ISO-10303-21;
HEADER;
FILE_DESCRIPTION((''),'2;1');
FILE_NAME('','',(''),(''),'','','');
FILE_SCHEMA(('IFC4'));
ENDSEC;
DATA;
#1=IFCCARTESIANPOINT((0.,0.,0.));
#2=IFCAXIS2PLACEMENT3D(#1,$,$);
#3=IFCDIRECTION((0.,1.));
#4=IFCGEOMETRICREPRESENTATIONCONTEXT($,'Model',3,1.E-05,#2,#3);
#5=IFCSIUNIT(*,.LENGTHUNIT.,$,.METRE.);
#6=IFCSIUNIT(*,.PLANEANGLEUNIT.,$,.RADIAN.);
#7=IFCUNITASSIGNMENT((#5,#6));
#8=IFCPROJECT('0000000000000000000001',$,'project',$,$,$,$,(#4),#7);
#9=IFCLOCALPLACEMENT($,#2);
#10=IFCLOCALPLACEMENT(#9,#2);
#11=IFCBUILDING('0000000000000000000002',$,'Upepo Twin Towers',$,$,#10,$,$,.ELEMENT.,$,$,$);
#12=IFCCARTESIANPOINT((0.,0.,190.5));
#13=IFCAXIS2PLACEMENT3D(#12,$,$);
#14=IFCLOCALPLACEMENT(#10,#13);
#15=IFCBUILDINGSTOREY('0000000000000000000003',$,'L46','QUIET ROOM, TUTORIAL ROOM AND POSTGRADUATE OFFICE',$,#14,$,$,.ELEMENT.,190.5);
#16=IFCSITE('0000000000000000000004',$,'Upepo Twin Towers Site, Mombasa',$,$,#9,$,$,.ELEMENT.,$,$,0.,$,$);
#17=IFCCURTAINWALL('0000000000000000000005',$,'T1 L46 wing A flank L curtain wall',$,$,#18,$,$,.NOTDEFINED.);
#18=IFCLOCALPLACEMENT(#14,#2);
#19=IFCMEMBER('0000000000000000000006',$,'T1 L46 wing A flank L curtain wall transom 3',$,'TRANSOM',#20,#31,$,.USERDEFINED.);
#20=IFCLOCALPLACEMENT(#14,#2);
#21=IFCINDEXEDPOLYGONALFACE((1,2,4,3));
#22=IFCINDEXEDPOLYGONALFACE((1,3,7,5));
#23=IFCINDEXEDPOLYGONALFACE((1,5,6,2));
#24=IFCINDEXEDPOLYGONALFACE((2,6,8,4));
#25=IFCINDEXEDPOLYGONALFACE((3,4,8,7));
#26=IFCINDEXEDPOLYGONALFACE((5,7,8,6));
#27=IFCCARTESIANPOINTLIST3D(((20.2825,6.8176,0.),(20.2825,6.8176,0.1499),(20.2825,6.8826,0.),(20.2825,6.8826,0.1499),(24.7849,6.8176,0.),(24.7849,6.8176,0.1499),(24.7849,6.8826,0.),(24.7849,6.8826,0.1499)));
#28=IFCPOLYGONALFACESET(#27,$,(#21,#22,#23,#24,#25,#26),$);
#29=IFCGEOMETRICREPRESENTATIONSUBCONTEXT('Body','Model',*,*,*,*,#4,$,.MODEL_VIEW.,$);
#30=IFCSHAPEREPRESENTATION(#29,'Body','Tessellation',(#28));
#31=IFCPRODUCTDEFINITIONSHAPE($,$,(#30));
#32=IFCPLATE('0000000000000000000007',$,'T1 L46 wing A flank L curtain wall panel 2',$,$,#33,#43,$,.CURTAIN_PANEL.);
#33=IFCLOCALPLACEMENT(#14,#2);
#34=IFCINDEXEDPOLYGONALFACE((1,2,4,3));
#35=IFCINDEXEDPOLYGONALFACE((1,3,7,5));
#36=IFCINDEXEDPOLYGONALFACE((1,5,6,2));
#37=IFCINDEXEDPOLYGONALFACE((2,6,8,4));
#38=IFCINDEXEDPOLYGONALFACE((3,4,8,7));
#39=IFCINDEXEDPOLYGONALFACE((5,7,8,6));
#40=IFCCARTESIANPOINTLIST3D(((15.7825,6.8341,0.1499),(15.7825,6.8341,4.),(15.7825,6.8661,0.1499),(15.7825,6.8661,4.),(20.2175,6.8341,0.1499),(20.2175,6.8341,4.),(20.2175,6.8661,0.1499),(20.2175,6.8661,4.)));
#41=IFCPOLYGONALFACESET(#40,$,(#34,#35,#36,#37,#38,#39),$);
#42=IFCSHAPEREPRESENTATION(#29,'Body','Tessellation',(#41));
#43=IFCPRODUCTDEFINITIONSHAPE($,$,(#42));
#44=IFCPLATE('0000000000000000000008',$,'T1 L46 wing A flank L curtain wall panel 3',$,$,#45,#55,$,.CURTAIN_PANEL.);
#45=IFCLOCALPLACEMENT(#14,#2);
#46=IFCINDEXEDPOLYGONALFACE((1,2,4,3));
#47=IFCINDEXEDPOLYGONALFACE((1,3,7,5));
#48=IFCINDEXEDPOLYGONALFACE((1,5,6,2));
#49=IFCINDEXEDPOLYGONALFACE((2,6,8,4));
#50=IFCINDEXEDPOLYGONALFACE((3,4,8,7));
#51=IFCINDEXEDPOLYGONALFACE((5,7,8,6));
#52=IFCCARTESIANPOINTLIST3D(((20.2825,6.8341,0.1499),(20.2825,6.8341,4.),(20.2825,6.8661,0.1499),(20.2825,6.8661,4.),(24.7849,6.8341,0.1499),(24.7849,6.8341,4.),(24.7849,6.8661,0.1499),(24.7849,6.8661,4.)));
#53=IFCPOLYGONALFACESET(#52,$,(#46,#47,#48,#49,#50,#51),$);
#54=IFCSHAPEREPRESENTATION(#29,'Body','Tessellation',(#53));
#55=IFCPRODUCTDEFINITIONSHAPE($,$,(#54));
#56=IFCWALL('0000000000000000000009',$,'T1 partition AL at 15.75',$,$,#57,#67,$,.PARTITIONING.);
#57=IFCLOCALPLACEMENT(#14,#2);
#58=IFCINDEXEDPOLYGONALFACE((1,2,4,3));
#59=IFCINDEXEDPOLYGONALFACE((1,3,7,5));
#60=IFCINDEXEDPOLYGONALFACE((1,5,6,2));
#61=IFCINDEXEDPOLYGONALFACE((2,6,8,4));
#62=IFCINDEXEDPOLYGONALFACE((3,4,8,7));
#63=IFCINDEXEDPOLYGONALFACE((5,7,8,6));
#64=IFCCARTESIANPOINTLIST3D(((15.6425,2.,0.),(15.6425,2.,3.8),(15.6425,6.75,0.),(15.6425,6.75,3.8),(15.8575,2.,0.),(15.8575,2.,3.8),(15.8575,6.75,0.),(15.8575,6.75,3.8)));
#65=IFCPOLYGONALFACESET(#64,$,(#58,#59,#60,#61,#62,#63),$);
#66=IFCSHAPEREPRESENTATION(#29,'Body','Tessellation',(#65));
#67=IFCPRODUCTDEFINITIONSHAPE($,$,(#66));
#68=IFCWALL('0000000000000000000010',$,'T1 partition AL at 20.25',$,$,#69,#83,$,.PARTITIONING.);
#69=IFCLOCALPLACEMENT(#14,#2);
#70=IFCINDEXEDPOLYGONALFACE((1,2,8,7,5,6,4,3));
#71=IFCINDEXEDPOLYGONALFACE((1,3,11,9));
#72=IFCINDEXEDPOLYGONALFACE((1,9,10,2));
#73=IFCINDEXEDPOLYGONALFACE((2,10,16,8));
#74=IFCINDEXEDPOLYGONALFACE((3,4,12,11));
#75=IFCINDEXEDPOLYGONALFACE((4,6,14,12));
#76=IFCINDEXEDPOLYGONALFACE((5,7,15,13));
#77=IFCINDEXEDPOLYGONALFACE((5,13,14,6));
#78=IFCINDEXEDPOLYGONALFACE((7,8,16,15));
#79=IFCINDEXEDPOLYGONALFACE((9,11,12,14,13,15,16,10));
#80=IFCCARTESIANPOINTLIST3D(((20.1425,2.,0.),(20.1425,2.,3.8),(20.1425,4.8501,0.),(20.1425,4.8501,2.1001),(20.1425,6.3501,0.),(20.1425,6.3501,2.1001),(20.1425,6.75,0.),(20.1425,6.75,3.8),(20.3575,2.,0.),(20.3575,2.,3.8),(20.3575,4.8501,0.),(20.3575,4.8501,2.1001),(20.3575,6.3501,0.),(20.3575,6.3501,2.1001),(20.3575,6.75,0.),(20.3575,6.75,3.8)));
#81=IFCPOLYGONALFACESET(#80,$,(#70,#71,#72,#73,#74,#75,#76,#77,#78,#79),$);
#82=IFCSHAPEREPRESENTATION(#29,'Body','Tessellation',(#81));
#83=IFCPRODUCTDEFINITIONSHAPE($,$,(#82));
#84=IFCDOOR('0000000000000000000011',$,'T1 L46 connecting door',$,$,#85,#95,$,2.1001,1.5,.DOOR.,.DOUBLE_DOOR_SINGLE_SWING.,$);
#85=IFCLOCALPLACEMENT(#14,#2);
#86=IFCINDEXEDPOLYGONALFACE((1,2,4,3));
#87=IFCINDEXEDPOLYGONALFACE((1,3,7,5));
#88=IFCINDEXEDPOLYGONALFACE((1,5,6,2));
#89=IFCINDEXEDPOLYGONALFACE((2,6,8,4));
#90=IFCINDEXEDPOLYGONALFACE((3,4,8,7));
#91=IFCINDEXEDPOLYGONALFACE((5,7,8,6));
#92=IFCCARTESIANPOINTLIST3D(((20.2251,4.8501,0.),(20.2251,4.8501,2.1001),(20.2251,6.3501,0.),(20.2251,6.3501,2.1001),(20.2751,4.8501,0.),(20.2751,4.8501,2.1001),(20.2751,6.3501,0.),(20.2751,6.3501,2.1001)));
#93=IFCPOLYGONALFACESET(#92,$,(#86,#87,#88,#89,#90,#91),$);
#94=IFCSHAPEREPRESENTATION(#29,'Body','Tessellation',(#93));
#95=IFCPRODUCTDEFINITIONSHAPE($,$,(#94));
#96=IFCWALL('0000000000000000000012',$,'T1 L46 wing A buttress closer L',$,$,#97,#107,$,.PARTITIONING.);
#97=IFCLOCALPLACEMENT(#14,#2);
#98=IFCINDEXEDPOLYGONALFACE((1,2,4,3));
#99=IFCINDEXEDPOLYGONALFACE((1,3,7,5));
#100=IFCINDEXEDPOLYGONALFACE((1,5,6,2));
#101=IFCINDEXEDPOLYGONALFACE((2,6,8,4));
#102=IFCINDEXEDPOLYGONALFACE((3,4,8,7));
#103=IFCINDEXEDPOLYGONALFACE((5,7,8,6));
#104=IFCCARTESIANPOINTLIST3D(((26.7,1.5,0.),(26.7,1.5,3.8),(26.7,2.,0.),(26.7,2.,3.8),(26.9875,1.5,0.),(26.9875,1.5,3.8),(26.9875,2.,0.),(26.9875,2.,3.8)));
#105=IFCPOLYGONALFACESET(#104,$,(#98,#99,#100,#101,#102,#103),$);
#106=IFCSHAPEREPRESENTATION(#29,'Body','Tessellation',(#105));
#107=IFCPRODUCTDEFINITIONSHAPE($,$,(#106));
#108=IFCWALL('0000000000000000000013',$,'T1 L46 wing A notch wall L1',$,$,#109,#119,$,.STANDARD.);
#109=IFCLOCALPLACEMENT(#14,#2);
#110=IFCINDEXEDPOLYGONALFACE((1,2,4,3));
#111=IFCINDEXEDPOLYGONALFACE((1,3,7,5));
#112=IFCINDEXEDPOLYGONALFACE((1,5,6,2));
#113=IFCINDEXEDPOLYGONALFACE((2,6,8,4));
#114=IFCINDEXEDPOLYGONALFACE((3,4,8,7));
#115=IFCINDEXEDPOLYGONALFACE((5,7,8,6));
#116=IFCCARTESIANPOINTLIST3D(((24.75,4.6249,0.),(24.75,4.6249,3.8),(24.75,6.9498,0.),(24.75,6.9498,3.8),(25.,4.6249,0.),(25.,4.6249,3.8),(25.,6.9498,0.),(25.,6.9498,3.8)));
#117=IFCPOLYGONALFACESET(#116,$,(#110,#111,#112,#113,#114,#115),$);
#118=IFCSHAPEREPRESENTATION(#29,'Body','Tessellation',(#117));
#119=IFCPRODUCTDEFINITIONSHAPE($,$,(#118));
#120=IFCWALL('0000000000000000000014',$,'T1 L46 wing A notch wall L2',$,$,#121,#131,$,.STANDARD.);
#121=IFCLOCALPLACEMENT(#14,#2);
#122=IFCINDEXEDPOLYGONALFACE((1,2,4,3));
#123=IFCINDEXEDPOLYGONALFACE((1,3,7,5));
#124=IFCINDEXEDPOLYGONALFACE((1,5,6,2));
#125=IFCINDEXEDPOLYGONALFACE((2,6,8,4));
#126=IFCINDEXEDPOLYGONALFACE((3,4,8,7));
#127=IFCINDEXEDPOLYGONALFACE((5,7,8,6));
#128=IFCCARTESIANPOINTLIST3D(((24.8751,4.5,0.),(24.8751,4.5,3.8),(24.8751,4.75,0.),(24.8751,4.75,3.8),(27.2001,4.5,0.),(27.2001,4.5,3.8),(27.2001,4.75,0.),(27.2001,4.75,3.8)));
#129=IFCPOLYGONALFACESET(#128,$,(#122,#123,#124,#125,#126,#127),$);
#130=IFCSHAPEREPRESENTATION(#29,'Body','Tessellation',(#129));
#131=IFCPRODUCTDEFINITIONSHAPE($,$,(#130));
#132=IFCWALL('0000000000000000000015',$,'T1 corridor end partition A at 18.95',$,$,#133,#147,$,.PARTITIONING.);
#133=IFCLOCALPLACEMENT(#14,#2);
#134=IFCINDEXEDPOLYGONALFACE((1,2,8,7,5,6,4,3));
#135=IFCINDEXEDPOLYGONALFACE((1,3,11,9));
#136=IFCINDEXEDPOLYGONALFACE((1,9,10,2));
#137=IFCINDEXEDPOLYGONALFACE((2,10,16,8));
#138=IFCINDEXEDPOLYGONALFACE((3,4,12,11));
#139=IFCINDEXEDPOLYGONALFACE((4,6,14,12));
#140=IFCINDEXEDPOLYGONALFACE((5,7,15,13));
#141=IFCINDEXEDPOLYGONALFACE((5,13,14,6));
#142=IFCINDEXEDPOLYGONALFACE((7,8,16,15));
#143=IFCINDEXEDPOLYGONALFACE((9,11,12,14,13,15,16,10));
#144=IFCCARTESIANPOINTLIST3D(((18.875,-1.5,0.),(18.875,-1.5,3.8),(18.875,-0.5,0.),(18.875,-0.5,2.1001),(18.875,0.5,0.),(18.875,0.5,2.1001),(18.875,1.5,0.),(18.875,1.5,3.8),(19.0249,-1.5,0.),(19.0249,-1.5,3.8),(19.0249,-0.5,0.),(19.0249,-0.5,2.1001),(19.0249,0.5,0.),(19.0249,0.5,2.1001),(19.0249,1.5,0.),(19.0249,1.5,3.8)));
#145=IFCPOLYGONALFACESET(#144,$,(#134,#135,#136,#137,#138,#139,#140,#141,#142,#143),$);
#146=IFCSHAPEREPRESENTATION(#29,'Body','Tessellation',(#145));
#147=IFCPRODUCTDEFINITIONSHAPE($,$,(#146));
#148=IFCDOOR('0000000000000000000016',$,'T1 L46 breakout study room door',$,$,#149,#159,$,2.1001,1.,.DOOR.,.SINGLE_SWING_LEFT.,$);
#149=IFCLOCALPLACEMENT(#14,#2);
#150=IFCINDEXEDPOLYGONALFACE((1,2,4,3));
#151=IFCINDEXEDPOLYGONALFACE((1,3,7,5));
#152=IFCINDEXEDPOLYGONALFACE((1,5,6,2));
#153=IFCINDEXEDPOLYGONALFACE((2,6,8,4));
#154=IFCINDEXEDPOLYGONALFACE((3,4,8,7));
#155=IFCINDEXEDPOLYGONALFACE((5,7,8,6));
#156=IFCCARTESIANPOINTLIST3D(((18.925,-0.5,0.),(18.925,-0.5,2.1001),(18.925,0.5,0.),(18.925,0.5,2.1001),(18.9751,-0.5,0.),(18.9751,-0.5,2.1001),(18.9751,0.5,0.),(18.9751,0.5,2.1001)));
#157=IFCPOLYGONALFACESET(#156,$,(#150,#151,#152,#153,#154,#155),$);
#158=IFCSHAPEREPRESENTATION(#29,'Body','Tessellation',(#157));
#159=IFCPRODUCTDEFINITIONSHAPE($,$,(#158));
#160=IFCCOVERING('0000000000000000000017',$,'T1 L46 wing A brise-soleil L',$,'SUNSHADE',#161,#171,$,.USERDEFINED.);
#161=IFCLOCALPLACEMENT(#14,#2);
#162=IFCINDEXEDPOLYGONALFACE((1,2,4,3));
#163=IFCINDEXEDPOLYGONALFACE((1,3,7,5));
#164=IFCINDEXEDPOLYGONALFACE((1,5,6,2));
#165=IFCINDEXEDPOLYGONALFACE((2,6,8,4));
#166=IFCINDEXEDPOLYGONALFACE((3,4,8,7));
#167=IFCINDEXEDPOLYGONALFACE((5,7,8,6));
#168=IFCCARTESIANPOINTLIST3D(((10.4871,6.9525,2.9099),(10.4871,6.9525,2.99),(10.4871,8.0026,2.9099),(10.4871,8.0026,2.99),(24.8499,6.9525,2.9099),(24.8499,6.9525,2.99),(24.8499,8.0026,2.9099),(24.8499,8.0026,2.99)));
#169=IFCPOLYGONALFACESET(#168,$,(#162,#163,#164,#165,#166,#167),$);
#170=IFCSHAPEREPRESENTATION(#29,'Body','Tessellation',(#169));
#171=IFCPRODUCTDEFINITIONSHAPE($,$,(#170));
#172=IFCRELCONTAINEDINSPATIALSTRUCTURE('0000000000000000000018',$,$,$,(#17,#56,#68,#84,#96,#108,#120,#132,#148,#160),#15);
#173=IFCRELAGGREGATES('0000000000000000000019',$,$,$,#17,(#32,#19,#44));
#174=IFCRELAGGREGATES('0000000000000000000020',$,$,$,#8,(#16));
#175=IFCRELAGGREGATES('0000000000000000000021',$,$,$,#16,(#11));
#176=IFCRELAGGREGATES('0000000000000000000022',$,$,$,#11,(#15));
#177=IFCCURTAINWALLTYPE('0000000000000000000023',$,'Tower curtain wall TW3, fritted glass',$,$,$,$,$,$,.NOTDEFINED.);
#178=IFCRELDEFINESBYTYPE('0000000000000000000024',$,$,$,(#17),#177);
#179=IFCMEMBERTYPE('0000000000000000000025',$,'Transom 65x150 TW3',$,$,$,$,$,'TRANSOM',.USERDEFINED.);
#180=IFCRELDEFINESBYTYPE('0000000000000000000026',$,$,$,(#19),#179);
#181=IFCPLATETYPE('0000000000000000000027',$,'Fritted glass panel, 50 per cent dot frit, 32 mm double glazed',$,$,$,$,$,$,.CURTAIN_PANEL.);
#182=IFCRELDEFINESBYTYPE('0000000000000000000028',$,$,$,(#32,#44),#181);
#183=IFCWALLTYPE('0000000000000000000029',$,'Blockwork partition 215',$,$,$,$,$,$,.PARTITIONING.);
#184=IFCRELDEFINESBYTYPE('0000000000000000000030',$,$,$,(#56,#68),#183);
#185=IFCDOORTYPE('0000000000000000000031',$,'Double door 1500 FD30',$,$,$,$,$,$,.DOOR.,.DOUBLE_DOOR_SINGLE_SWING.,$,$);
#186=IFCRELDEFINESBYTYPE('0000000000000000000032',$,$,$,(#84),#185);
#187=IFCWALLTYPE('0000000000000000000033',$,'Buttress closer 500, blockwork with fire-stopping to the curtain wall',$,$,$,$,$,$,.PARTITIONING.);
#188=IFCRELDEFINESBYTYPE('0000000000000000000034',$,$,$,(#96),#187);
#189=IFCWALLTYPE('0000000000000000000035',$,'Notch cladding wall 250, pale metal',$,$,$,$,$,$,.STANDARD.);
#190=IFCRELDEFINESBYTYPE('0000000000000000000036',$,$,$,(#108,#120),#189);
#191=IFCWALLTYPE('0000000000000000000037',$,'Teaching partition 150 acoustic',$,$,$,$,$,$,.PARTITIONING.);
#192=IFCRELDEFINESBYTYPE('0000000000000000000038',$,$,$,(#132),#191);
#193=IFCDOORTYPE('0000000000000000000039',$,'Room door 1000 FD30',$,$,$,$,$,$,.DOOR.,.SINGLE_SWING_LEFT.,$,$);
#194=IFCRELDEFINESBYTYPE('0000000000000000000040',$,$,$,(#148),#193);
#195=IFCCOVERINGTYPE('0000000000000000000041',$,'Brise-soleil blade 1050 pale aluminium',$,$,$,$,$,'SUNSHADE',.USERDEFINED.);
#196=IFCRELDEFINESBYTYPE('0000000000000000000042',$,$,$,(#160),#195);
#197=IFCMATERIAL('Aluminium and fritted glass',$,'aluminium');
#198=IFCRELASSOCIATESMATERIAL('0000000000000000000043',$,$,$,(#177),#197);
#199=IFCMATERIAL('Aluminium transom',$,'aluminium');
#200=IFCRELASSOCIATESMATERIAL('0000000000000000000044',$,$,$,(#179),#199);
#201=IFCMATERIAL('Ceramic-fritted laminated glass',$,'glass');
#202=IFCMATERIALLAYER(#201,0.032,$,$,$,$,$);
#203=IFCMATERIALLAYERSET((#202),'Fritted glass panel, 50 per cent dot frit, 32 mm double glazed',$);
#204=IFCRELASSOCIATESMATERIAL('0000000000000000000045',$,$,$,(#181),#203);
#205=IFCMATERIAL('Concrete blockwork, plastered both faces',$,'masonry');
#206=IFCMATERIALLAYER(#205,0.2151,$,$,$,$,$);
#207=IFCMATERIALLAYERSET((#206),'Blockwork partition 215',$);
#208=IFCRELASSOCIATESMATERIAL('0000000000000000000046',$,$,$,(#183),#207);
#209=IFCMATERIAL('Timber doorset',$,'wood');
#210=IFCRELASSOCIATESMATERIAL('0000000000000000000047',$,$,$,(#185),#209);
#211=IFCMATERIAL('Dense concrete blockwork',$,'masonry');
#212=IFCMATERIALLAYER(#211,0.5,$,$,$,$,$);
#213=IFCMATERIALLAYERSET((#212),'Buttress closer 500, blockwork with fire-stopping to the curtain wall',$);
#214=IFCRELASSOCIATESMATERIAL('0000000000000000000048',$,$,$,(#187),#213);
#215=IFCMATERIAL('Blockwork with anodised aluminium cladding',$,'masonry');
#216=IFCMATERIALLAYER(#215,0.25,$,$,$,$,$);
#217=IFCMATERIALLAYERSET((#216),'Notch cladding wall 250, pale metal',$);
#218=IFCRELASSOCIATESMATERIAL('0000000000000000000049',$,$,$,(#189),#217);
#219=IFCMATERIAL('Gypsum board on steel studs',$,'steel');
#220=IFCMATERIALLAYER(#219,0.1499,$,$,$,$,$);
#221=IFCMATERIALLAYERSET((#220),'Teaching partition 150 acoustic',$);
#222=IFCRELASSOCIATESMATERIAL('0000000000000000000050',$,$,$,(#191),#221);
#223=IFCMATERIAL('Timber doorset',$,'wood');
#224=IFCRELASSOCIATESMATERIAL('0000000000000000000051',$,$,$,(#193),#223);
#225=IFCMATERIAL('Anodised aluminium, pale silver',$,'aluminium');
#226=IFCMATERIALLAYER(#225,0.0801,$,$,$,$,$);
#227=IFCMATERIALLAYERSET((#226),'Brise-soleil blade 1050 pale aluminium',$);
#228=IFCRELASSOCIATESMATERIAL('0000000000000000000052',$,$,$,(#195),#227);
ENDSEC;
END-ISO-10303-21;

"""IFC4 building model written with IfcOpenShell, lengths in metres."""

from ifc_helpers import new_model, si_unit, direction, frame, frame_2d, origin, origin_2d, place, context, subcontext, project, spatial, rectangle, extrude, material, layer, layer_set, material_profile, profile_set, type_object, element, fill, aggregate, save


model = new_model("IFC4")

# Units and contexts
model_context = context("Model", 3, precision=1e-05, world=origin(), true_north=direction((0.0, 1.0)))
body_context = subcontext(model_context, "Body", "Model", "MODEL_VIEW")
ifc_project = project(units=[si_unit("LENGTHUNIT", "METRE"), si_unit("PLANEANGLEUNIT", "RADIAN")], contexts=[model_context])

# Site, building, storey
site_placement = place(None, origin())
site = spatial("IfcSite", under=ifc_project, at=site_placement, Name="Upepo Twin Towers Site, Mombasa", CompositionType="ELEMENT", RefElevation=0.0)
building_placement = place(site_placement, origin())
building = spatial("IfcBuilding", under=site, at=building_placement, Name="Upepo Twin Towers", CompositionType="ELEMENT")
storey_placement = place(building_placement, frame((0.0, 0.0, 190.5)))
storey = spatial("IfcBuildingStorey", under=building, at=storey_placement, Name="L46", Description="QUIET ROOM, TUTORIAL ROOM AND POSTGRADUATE OFFICE", CompositionType="ELEMENT", Elevation=190.5)

# Curtain wall
ifc_material_1 = material(Name="Aluminium and fritted glass", Category="aluminium")
curtain_wall_type = type_object("IfcCurtainWallType", Name="Tower curtain wall TW3, fritted glass", PredefinedType="NOTDEFINED", material=ifc_material_1)
curtain_wall_1_placement = place(storey_placement, origin())
curtain_wall_1 = element("IfcCurtainWall", 1, at=curtain_wall_1_placement, inside=storey, type_object=curtain_wall_type, Name="T1 L46 wing A flank L curtain wall", PredefinedType="NOTDEFINED")

# Member
ifc_material_2 = material(Name="Aluminium transom", Category="aluminium")
ifc_material_profile_1 = material_profile(ifc_material_2, rectangle(XDim=0.0649, YDim=0.1499, at=origin_2d()), Name="TRANSOM 65x150")
ifc_profile_set_1 = profile_set([ifc_material_profile_1], Name="Aluminium transom")
member_type_1 = type_object("IfcMemberType", Name="Transom 65x150 TW3", ElementType="TRANSOM", PredefinedType="USERDEFINED", material=ifc_profile_set_1)
member_1_placement = place(storey_placement, frame((20.2825, 6.8501, 0.075), z_axis=(1.0, 0.0, 0.0), x_axis=(0.0, 1.0, 0.0)))
member_1 = element("IfcMember", 2, at=member_1_placement, type_object=member_type_1, Name="T1 L46 wing A flank L curtain wall transom 3", ObjectType="TRANSOM", PredefinedType="USERDEFINED", context=body_context, shape_type="SweptSolid", body=[
    extrude(rectangle(XDim=0.0649, YDim=0.1499, at=origin_2d()), origin(), (0.0, 0.0, 1.0), 4.5024),
])

# Plates
ifc_material_3 = material(Name="Ceramic-fritted laminated glass", Category="glass")
ifc_layer_1 = layer(ifc_material_3, 0.032)
ifc_layer_set_1 = layer_set([ifc_layer_1], Name="Fritted glass panel, 50 per cent dot frit, 32 mm double glazed")
plate_type = type_object("IfcPlateType", Name="Fritted glass panel, 50 per cent dot frit, 32 mm double glazed", PredefinedType="CURTAIN_PANEL", material=ifc_layer_set_1)
plate_1_placement = place(storey_placement, frame((18.0, 6.8501, 0.1499), z_axis=(0.0, 0.0, 1.0), x_axis=(1.0, 0.0, 0.0)))
plate_1 = element("IfcPlate", 3, at=plate_1_placement, type_object=plate_type, Name="T1 L46 wing A flank L curtain wall panel 2", PredefinedType="CURTAIN_PANEL", context=body_context, shape_type="SweptSolid", body=[
    extrude(rectangle(XDim=4.4351, YDim=0.032, at=origin_2d()), origin(), (0.0, 0.0, 1.0), 3.8501),
])
plate_2_placement = place(storey_placement, frame((22.5337, 6.8501, 0.1499), z_axis=(0.0, 0.0, 1.0), x_axis=(1.0, 0.0, 0.0)))
plate_2 = element("IfcPlate", 4, at=plate_2_placement, type_object=plate_type, Name="T1 L46 wing A flank L curtain wall panel 3", PredefinedType="CURTAIN_PANEL", context=body_context, shape_type="SweptSolid", body=[
    extrude(rectangle(XDim=4.5024, YDim=0.032, at=origin_2d()), origin(), (0.0, 0.0, 1.0), 3.8501),
])
aggregate(curtain_wall_1, [plate_1, member_1, plate_2])

# Wall
ifc_material_4 = material(Name="Concrete blockwork, plastered both faces", Category="masonry")
ifc_layer_2 = layer(ifc_material_4, 0.2151)
ifc_layer_set_2 = layer_set([ifc_layer_2], Name="Blockwork partition 215")
wall_type_1 = type_object("IfcWallType", Name="Blockwork partition 215", PredefinedType="PARTITIONING", material=ifc_layer_set_2)
wall_1_placement = place(storey_placement, frame((15.75, 2.0, 0.0), z_axis=(0.0, 0.0, 1.0), x_axis=(0.0, 1.0, 0.0)))
element("IfcWall", 5, at=wall_1_placement, inside=storey, type_object=wall_type_1, Name="T1 partition AL at 15.75", PredefinedType="PARTITIONING", context=body_context, shape_type="SweptSolid", body=[
    extrude(rectangle(XDim=4.75, YDim=0.2151, at=frame_2d((2.375, 0.0))), origin(), (0.0, 0.0, 1.0), 3.8),
])

# Wall, opening, door
wall_2_placement = place(storey_placement, frame((20.25, 2.0, 0.0), z_axis=(0.0, 0.0, 1.0), x_axis=(0.0, 1.0, 0.0)))
wall_2 = element("IfcWall", 6, at=wall_2_placement, inside=storey, type_object=wall_type_1, Name="T1 partition AL at 20.25", PredefinedType="PARTITIONING", context=body_context, shape_type="SweptSolid", body=[
    extrude(rectangle(XDim=4.75, YDim=0.2151, at=frame_2d((2.375, 0.0))), origin(), (0.0, 0.0, 1.0), 3.8),
])
opening_1_placement = place(wall_2_placement, frame((2.8501, 0.0, 0.0)))
opening_1 = element("IfcOpeningElement", 7, at=opening_1_placement, cuts=wall_2, PredefinedType="OPENING", context=body_context, shape_type="SweptSolid", body=[
    extrude(rectangle(XDim=1.5, YDim=2.1001, at=frame_2d((0.75, 1.05))), frame((0.0, 0.1174, 0.0), z_axis=(0.0, -1.0, 0.0), x_axis=(1.0, 0.0, 0.0)), (0.0, 0.0, 1.0), 0.2351),
])
ifc_material_5 = material(Name="Timber doorset", Category="wood")
door_type_1 = type_object("IfcDoorType", Name="Double door 1500 FD30", OperationType="DOUBLE_DOOR_SINGLE_SWING", PredefinedType="DOOR", material=ifc_material_5)
door_1_placement = place(opening_1_placement, origin())
door_1 = element("IfcDoor", 8, at=door_1_placement, inside=storey, type_object=door_type_1, Name="T1 L46 connecting door", OperationType="DOUBLE_DOOR_SINGLE_SWING", OverallHeight=2.1001, OverallWidth=1.5, PredefinedType="DOOR", context=body_context, shape_type="SweptSolid", body=[
    extrude(rectangle(XDim=1.5, YDim=2.1001, at=frame_2d((0.75, 1.05))), frame((0.0, 0.0249, 0.0), z_axis=(0.0, -1.0, 0.0), x_axis=(1.0, 0.0, 0.0)), (0.0, 0.0, 1.0), 0.05),
])
fill(opening_1, door_1)

# Walls
ifc_material_6 = material(Name="Dense concrete blockwork", Category="masonry")
ifc_layer_3 = layer(ifc_material_6, 0.5)
ifc_layer_set_3 = layer_set([ifc_layer_3], Name="Buttress closer 500, blockwork with fire-stopping to the curtain wall")
wall_type_2 = type_object("IfcWallType", Name="Buttress closer 500, blockwork with fire-stopping to the curtain wall", PredefinedType="PARTITIONING", material=ifc_layer_set_3)
wall_3_placement = place(storey_placement, frame((26.7, 1.75, 0.0), z_axis=(0.0, 0.0, 1.0), x_axis=(1.0, 0.0, 0.0)))
element("IfcWall", 9, at=wall_3_placement, inside=storey, type_object=wall_type_2, Name="T1 L46 wing A buttress closer L", PredefinedType="PARTITIONING", context=body_context, shape_type="SweptSolid", body=[
    extrude(rectangle(XDim=0.2876, YDim=0.5, at=frame_2d((0.1438, 0.0))), origin(), (0.0, 0.0, 1.0), 3.8),
])
ifc_material_7 = material(Name="Blockwork with anodised aluminium cladding", Category="masonry")
ifc_layer_4 = layer(ifc_material_7, 0.25)
ifc_layer_set_4 = layer_set([ifc_layer_4], Name="Notch cladding wall 250, pale metal")
wall_type_3 = type_object("IfcWallType", Name="Notch cladding wall 250, pale metal", PredefinedType="STANDARD", material=ifc_layer_set_4)
for number, where, z_axis, x_axis, name in (
    (10, (24.875, 6.95, 0.0), (0.0, 0.0, 1.0), (0.0, -1.0, 0.0), "T1 L46 wing A notch wall L1"),
    (11, (24.875, 4.625, 0.0), (0.0, 0.0, 1.0), (1.0, 0.0, 0.0), "T1 L46 wing A notch wall L2"),
):
    element("IfcWall", number, at=place(storey_placement, frame(where, z_axis=z_axis, x_axis=x_axis)), inside=storey, type_object=wall_type_3, Name=name, PredefinedType="STANDARD", context=body_context, shape_type="SweptSolid", body=[
        extrude(rectangle(XDim=2.325, YDim=0.25, at=frame_2d((1.1626, 0.0))), origin(), (0.0, 0.0, 1.0), 3.8),
    ])

# Wall, opening, door
ifc_material_8 = material(Name="Gypsum board on steel studs", Category="steel")
ifc_layer_5 = layer(ifc_material_8, 0.1499)
ifc_layer_set_5 = layer_set([ifc_layer_5], Name="Teaching partition 150 acoustic")
wall_type_4 = type_object("IfcWallType", Name="Teaching partition 150 acoustic", PredefinedType="PARTITIONING", material=ifc_layer_set_5)
wall_4_placement = place(storey_placement, frame((18.95, -1.5, 0.0), z_axis=(0.0, 0.0, 1.0), x_axis=(0.0, 1.0, 0.0)))
wall_4 = element("IfcWall", 12, at=wall_4_placement, inside=storey, type_object=wall_type_4, Name="T1 corridor end partition A at 18.95", PredefinedType="PARTITIONING", context=body_context, shape_type="SweptSolid", body=[
    extrude(rectangle(XDim=3.0, YDim=0.1499, at=frame_2d((1.5, 0.0))), origin(), (0.0, 0.0, 1.0), 3.8),
])
opening_2_placement = place(wall_4_placement, frame((1.0, 0.0, 0.0)))
opening_2 = element("IfcOpeningElement", 13, at=opening_2_placement, cuts=wall_4, PredefinedType="OPENING", context=body_context, shape_type="SweptSolid", body=[
    extrude(rectangle(XDim=1.0, YDim=2.1001, at=frame_2d((0.5, 1.05))), frame((0.0, 0.085, 0.0), z_axis=(0.0, -1.0, 0.0), x_axis=(1.0, 0.0, 0.0)), (0.0, 0.0, 1.0), 0.1699),
])
ifc_material_9 = material(Name="Timber doorset", Category="wood")
door_type_2 = type_object("IfcDoorType", Name="Room door 1000 FD30", OperationType="SINGLE_SWING_LEFT", PredefinedType="DOOR", material=ifc_material_9)
door_2_placement = place(opening_2_placement, origin())
door_2 = element("IfcDoor", 14, at=door_2_placement, inside=storey, type_object=door_type_2, Name="T1 L46 breakout study room door", OperationType="SINGLE_SWING_LEFT", OverallHeight=2.1001, OverallWidth=1.0, PredefinedType="DOOR", context=body_context, shape_type="SweptSolid", body=[
    extrude(rectangle(XDim=1.0, YDim=2.1001, at=frame_2d((0.5, 1.05))), frame((0.0, 0.0249, 0.0), z_axis=(0.0, -1.0, 0.0), x_axis=(1.0, 0.0, 0.0)), (0.0, 0.0, 1.0), 0.05),
])
fill(opening_2, door_2)

# Covering
ifc_material_10 = material(Name="Anodised aluminium, pale silver", Category="aluminium")
ifc_layer_6 = layer(ifc_material_10, 0.0801)
ifc_layer_set_6 = layer_set([ifc_layer_6], Name="Brise-soleil blade 1050 pale aluminium")
covering_type = type_object("IfcCoveringType", Name="Brise-soleil blade 1050 pale aluminium", ElementType="SUNSHADE", PredefinedType="USERDEFINED", material=ifc_layer_set_6)
covering_placement = place(storey_placement, frame((17.6685, 7.4775, 2.9099), z_axis=(0.0, 0.0, 1.0), x_axis=(1.0, 0.0, 0.0)))
element("IfcCovering", 15, at=covering_placement, inside=storey, type_object=covering_type, Name="T1 L46 wing A brise-soleil L", ObjectType="SUNSHADE", PredefinedType="USERDEFINED", context=body_context, shape_type="SweptSolid", body=[
    extrude(rectangle(XDim=14.3628, YDim=1.05, at=origin_2d()), origin(), (0.0, 0.0, 1.0), 0.0801),
])

save(model, "model.ifc")
